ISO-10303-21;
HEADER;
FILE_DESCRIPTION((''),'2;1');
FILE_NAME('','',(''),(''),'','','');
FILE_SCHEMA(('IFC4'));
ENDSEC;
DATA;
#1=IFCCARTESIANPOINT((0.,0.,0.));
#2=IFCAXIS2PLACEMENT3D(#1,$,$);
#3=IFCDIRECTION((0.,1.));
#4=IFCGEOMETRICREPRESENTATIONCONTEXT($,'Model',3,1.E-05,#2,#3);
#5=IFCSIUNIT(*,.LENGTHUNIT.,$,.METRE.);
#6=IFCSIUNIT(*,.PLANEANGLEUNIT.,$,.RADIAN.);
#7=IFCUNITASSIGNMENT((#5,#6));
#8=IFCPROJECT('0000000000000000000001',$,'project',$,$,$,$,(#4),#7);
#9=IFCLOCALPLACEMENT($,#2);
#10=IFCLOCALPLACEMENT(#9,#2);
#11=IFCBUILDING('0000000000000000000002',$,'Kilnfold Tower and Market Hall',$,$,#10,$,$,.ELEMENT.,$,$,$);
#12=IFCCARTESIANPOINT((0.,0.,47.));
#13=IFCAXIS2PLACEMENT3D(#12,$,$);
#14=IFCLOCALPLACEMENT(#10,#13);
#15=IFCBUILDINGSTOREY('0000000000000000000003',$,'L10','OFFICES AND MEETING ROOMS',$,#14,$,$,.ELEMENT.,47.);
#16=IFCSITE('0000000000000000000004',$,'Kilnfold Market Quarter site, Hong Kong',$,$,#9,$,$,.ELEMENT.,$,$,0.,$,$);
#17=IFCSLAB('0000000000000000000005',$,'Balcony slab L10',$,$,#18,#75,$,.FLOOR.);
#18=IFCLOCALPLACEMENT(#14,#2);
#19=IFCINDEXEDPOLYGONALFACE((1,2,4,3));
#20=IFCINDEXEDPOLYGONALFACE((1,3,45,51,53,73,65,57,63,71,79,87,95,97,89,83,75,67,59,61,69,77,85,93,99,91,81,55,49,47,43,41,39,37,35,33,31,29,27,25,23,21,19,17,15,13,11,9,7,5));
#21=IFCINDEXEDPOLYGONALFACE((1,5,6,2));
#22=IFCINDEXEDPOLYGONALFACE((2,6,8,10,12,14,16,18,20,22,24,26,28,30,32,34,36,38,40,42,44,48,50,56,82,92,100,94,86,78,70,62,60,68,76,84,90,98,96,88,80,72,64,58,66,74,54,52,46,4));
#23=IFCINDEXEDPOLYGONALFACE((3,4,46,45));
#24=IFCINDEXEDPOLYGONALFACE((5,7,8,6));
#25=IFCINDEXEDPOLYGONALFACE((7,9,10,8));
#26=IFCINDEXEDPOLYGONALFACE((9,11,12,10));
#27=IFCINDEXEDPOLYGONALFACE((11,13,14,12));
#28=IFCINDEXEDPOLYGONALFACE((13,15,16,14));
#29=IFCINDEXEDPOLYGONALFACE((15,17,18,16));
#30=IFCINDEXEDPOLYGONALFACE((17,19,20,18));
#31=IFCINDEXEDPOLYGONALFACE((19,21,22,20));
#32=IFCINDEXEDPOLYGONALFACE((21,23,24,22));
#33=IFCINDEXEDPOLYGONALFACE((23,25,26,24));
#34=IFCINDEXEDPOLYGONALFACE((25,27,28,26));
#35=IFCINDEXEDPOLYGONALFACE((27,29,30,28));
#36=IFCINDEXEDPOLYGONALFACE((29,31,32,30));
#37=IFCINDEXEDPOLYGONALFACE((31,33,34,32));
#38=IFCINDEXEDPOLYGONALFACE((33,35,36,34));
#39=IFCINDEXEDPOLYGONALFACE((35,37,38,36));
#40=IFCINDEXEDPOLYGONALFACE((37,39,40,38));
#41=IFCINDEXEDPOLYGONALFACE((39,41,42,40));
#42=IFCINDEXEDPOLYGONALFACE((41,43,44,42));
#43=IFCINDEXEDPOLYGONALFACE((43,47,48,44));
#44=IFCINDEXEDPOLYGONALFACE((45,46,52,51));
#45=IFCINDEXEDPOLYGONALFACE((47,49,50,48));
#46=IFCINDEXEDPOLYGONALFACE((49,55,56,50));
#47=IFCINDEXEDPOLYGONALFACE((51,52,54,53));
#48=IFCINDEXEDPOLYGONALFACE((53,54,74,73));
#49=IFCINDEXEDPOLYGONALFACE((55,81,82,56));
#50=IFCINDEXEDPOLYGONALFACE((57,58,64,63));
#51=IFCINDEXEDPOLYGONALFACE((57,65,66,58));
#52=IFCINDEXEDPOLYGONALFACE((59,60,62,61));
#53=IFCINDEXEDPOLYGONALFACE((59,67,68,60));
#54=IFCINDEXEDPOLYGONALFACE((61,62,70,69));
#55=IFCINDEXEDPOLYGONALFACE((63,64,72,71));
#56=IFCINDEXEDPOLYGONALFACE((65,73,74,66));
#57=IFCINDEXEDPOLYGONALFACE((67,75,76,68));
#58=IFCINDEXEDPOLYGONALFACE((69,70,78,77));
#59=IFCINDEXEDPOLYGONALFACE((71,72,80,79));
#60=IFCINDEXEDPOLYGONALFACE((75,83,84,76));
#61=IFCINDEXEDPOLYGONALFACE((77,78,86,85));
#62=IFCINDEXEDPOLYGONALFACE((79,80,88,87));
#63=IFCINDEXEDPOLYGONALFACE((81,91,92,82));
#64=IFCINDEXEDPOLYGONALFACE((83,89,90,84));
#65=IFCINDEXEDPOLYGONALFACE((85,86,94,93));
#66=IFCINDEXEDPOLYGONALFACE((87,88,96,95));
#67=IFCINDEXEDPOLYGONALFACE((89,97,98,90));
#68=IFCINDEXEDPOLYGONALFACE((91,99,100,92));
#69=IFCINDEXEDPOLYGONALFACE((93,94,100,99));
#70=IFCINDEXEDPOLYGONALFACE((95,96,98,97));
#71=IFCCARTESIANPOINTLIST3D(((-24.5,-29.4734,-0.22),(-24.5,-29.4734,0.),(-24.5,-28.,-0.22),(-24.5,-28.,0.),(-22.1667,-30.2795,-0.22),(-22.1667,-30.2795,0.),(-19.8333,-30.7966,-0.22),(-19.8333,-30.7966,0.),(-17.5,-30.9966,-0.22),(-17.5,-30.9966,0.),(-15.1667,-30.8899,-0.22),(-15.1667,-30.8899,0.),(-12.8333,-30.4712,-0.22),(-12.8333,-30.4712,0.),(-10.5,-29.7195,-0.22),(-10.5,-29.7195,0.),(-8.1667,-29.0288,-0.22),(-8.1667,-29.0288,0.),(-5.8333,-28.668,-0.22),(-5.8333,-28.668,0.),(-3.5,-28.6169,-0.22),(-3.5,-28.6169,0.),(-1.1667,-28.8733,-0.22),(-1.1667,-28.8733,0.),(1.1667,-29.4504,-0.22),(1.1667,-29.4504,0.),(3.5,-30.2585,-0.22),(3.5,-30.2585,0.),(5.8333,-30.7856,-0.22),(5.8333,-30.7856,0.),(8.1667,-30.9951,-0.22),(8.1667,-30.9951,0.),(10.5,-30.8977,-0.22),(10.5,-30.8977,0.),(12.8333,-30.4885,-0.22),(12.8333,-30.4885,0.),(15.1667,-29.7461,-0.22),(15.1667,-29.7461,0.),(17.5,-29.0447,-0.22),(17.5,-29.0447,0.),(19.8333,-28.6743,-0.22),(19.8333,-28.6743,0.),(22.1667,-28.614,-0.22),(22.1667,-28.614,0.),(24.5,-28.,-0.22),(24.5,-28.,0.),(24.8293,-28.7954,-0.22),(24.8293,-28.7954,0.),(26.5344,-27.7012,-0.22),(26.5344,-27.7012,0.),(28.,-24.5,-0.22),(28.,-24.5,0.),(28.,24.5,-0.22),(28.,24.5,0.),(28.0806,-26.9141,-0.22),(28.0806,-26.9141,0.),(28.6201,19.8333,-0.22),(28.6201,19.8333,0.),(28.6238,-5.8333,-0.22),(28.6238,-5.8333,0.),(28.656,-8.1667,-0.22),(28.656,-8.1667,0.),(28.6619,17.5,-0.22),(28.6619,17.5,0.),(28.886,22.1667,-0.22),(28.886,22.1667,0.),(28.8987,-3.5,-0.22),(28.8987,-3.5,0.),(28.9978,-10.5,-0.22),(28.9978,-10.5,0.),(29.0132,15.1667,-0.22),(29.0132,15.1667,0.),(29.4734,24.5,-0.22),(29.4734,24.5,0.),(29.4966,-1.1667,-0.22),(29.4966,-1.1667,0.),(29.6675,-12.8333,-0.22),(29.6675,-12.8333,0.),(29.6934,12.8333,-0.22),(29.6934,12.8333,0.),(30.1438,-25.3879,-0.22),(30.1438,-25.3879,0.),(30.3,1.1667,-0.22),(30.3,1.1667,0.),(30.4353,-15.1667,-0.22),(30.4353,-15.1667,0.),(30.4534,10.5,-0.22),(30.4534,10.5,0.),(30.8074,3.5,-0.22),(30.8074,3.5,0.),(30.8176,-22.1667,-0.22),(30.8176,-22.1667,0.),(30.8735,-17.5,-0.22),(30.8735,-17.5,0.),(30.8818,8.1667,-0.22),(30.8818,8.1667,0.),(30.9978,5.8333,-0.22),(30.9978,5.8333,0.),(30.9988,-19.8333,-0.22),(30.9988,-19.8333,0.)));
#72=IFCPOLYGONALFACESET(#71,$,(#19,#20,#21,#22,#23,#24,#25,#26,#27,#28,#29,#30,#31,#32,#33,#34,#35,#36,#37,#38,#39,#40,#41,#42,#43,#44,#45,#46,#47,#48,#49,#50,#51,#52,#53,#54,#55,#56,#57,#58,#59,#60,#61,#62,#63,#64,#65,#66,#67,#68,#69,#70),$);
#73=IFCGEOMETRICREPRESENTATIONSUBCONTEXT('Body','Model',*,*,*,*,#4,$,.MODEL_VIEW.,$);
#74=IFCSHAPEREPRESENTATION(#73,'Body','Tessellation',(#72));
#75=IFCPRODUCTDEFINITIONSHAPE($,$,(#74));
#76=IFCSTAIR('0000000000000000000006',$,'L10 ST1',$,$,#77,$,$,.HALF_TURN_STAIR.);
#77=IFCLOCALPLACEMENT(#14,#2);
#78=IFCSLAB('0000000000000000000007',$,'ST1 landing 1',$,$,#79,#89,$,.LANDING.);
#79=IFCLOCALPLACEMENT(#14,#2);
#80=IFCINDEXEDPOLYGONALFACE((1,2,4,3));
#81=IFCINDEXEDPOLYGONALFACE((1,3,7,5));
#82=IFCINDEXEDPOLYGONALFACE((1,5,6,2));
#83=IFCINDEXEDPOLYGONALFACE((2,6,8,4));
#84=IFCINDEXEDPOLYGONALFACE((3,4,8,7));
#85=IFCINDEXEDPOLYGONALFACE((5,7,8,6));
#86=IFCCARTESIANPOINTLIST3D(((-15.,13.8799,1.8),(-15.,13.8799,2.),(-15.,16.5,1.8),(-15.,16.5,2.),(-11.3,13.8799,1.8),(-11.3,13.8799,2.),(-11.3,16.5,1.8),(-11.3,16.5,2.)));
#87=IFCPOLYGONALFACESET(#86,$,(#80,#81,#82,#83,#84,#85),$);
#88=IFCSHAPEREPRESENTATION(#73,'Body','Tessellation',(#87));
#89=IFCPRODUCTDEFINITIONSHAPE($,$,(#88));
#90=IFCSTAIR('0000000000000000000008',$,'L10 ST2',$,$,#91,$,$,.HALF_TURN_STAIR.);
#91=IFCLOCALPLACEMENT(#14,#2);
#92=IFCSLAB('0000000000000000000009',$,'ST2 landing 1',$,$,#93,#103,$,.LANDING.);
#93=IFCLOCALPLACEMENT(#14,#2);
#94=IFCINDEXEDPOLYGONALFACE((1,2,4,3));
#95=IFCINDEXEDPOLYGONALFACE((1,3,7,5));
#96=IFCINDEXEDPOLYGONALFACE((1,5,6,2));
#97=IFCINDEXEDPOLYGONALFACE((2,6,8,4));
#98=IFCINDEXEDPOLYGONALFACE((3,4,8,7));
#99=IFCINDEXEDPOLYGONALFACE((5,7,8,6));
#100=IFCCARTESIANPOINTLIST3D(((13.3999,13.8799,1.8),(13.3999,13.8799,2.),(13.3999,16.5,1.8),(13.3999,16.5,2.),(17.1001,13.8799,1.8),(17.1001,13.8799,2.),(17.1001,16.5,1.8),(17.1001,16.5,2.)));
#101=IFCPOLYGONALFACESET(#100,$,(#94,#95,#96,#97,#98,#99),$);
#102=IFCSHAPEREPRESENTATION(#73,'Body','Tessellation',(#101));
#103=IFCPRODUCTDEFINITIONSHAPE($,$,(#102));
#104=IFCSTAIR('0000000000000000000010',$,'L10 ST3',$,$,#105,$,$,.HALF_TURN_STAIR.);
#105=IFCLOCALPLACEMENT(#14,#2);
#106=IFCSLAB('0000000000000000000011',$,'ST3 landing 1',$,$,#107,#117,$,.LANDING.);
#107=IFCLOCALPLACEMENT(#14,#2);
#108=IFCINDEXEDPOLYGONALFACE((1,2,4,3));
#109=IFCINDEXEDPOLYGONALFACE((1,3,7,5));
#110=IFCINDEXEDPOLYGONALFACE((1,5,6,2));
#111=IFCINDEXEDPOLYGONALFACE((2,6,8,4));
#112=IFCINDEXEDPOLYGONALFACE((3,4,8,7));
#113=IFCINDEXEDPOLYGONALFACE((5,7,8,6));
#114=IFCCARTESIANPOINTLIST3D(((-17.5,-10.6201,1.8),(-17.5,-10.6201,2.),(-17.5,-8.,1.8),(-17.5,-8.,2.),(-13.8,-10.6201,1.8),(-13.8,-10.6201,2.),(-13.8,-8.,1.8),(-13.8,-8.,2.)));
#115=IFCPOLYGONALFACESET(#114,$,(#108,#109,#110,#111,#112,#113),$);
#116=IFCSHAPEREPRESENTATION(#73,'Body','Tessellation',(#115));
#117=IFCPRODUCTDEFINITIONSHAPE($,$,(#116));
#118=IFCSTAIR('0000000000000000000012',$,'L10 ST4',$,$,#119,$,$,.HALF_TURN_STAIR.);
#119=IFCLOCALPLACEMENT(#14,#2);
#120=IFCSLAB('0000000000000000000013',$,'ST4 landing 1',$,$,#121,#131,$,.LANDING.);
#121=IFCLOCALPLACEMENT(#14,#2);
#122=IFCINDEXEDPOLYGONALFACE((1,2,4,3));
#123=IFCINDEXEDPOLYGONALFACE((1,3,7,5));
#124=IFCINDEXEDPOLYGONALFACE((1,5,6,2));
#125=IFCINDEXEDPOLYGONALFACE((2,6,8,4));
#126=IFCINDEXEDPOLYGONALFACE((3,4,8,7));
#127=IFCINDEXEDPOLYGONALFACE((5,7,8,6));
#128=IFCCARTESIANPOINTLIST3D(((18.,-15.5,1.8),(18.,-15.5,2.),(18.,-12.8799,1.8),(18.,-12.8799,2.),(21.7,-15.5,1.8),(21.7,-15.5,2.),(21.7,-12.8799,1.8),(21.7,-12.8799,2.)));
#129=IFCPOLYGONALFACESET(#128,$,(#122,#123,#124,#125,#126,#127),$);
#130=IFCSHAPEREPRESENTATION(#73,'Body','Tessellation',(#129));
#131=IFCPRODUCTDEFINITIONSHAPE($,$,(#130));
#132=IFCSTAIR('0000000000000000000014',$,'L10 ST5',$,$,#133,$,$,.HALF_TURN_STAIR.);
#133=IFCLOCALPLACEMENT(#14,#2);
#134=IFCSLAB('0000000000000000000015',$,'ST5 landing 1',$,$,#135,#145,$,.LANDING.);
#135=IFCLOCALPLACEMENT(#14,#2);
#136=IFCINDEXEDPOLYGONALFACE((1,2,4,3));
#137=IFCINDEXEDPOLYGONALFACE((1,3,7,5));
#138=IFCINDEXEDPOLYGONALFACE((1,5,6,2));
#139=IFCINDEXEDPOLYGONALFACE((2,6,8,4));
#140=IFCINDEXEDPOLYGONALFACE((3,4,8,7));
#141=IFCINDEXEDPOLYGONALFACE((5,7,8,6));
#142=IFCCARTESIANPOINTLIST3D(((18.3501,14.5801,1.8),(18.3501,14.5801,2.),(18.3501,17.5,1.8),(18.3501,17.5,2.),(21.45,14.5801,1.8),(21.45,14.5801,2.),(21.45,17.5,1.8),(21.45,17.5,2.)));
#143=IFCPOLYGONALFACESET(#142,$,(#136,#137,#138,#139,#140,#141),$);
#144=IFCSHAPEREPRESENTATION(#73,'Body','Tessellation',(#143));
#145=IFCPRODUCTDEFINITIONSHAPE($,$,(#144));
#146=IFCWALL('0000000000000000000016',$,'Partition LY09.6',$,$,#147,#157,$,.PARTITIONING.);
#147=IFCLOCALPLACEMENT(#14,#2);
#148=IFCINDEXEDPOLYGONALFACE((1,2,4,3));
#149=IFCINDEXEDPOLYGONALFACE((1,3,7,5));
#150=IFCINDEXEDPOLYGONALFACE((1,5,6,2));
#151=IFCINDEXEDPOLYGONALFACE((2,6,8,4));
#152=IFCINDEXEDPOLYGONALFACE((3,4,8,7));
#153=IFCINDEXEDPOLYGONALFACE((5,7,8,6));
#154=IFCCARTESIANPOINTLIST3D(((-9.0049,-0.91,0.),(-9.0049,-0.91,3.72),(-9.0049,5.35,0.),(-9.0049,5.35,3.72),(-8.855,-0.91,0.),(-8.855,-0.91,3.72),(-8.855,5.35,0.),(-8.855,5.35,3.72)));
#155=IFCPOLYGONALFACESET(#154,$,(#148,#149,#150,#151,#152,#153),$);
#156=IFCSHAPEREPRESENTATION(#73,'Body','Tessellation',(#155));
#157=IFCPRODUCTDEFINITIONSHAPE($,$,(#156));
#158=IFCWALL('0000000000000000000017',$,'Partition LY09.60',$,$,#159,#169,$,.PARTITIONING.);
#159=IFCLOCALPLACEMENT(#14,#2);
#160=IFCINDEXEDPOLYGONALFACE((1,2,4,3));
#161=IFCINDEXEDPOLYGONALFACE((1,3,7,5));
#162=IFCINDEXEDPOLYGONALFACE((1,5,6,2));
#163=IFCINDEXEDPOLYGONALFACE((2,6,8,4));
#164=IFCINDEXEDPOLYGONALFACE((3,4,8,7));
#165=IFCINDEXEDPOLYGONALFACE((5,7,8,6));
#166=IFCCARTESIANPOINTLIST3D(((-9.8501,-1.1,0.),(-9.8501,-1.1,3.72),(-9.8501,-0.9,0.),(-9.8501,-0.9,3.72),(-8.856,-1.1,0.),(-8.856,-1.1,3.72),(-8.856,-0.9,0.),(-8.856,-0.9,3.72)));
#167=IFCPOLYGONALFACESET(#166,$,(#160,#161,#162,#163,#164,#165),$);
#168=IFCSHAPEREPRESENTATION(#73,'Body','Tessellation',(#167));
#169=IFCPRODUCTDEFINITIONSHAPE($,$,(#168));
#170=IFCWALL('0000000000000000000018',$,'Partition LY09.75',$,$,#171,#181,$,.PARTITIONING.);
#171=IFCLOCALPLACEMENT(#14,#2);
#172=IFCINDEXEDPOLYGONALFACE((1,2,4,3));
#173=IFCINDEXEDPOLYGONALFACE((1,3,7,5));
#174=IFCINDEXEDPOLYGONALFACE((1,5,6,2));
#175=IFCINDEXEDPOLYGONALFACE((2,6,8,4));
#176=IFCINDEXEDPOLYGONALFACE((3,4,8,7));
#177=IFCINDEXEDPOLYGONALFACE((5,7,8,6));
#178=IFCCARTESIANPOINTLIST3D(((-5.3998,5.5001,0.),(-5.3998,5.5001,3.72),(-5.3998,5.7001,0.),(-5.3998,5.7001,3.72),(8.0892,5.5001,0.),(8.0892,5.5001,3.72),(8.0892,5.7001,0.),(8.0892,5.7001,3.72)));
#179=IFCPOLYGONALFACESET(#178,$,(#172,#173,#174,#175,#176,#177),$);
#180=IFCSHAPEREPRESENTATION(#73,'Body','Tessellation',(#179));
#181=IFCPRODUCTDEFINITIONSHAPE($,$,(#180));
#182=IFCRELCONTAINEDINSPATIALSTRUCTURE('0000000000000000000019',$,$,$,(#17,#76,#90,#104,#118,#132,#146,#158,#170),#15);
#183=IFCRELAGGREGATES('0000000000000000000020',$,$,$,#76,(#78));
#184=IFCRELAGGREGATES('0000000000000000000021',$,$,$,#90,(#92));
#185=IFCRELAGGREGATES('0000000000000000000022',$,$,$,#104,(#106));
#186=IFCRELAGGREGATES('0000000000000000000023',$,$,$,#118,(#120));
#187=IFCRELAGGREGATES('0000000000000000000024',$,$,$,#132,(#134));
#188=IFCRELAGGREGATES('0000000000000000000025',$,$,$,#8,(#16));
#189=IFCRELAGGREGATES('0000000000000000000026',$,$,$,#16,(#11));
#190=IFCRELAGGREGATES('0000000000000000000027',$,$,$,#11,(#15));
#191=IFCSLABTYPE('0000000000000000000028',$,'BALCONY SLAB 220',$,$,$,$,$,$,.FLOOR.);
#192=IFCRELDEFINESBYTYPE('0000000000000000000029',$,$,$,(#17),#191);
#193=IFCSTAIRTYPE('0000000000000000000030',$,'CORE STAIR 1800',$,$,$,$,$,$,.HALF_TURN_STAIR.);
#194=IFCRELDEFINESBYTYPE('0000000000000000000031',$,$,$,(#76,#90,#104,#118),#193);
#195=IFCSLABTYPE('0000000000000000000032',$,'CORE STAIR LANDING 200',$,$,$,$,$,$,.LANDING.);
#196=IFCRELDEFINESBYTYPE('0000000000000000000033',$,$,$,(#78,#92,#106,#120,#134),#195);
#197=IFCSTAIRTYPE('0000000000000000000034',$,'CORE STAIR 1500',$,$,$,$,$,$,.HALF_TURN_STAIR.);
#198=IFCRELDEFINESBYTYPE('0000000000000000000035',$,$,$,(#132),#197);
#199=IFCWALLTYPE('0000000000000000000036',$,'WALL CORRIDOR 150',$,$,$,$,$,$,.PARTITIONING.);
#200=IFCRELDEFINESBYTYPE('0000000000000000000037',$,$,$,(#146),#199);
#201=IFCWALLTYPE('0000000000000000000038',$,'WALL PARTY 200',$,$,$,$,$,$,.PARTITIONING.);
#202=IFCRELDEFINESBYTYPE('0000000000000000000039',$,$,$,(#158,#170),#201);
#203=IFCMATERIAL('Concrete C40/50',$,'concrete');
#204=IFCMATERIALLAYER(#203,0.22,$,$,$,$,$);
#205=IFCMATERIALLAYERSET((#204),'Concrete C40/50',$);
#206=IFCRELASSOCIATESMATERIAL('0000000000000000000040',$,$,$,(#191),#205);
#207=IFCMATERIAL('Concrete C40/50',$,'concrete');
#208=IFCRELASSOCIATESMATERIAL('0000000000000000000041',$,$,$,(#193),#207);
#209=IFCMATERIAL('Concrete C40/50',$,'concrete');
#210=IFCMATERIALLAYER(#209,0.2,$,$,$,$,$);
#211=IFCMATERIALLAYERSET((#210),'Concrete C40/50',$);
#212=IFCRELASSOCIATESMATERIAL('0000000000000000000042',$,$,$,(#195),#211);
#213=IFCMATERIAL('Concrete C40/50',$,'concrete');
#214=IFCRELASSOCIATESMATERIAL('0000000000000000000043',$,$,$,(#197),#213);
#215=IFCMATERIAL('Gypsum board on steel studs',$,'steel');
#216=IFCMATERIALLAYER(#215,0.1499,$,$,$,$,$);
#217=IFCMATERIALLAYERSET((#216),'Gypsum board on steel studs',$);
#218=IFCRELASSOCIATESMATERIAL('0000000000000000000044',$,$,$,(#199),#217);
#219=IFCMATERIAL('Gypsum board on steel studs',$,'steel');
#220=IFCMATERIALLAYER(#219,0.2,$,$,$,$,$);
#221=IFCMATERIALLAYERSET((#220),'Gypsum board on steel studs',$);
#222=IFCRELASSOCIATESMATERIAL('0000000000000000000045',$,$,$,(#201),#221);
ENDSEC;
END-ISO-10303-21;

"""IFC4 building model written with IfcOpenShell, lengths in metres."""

from ifc_helpers import new_model, si_unit, direction, frame, frame_2d, origin, place, context, subcontext, project, spatial, polyline, rectangle, outline, extrude, source, transform, mapped, material, layer, layer_set, type_object, element, aggregate, save


model = new_model("IFC4")

# Units and contexts
model_context = context("Model", 3, precision=1e-05, world=origin(), true_north=direction((0.0, 1.0)))
body_context = subcontext(model_context, "Body", "Model", "MODEL_VIEW")
ifc_project = project(units=[si_unit("LENGTHUNIT", "METRE"), si_unit("PLANEANGLEUNIT", "RADIAN")], contexts=[model_context])

# Site, building, storey
site_placement = place(None, origin())
site = spatial("IfcSite", under=ifc_project, at=site_placement, Name="Kilnfold Market Quarter site, Hong Kong", CompositionType="ELEMENT", RefElevation=0.0)
building_placement = place(site_placement, origin())
building = spatial("IfcBuilding", under=site, at=building_placement, Name="Kilnfold Tower and Market Hall", CompositionType="ELEMENT")
storey_placement = place(building_placement, frame((0.0, 0.0, 47.0)))
storey = spatial("IfcBuildingStorey", under=building, at=storey_placement, Name="L10", Description="OFFICES AND MEETING ROOMS", CompositionType="ELEMENT", Elevation=47.0)

# Slab
ifc_material_1 = material(Name="Concrete C40/50", Category="concrete")
ifc_layer_1 = layer(ifc_material_1, 0.22)
ifc_layer_set_1 = layer_set([ifc_layer_1], Name="Concrete C40/50")
slab_type_1 = type_object("IfcSlabType", Name="BALCONY SLAB 220", PredefinedType="FLOOR", material=ifc_layer_set_1)
shared_shape_1 = source(origin(), body_context, "Body", "SweptSolid", [
    extrude(outline(polyline([(-24.5, -28.0), (24.5, -28.0), (28.0, -24.5), (28.0, 24.5), (29.4734, 24.5), (28.886, 22.1667), (28.6201, 19.8333), (28.6619, 17.5), (29.0132, 15.1667), (29.6934, 12.8333), (30.4534, 10.5), (30.8818, 8.1667), (30.9978, 5.8333), (30.8074, 3.5), (30.3, 1.1667), (29.4966, -1.1667), (28.8987, -3.5), (28.6238, -5.8333), (28.656, -8.1667), (28.9978, -10.5), (29.6675, -12.8333), (30.4353, -15.1667), (30.8735, -17.5), (30.9988, -19.8333), (30.8176, -22.1667), (30.1438, -25.3879), (28.0806, -26.9141), (26.5344, -27.7012), (24.8293, -28.7954), (22.1667, -28.614), (19.8333, -28.6743), (17.5, -29.0447), (15.1667, -29.7461), (12.8333, -30.4885), (10.5, -30.8977), (8.1667, -30.9951), (5.8333, -30.7856), (3.5, -30.2585), (1.1667, -29.4504), (-1.1667, -28.8733), (-3.5, -28.6169), (-5.8333, -28.668), (-8.1667, -29.0288), (-10.5, -29.7195), (-12.8333, -30.4712), (-15.1667, -30.8899), (-17.5, -30.9966), (-19.8333, -30.7966), (-22.1667, -30.2795), (-24.5, -29.4734), (-24.5, -28.0)])), origin(), (0.0, 0.0, 1.0), 0.22),
])
slab_1_placement = place(storey_placement, frame((0.0, 0.0, -0.22)))
element("IfcSlab", 1, at=slab_1_placement, inside=storey, type_object=slab_type_1, Name="Balcony slab L10", PredefinedType="FLOOR", context=body_context, shape_type="MappedRepresentation", body=[
    mapped(shared_shape_1, transform((0.0, 0.0, 0.0))),
])

# Stairs, slabs
ifc_material_2 = material(Name="Concrete C40/50", Category="concrete")
stair_type_1 = type_object("IfcStairType", Name="CORE STAIR 1800", PredefinedType="HALF_TURN_STAIR", material=ifc_material_2)
stair_1_placement = place(storey_placement, origin())
stair_1 = element("IfcStair", 2, at=stair_1_placement, inside=storey, type_object=stair_type_1, Name="L10 ST1", PredefinedType="HALF_TURN_STAIR")
ifc_material_3 = material(Name="Concrete C40/50", Category="concrete")
ifc_layer_2 = layer(ifc_material_3, 0.2)
ifc_layer_set_2 = layer_set([ifc_layer_2], Name="Concrete C40/50")
slab_type_2 = type_object("IfcSlabType", Name="CORE STAIR LANDING 200", PredefinedType="LANDING", material=ifc_layer_set_2)
shared_shape_2 = source(origin(), body_context, "Body", "SweptSolid", [
    extrude(outline(polyline([(-11.3, 13.8799), (-11.3, 16.5), (-15.0, 16.5), (-15.0, 13.8799), (-11.3, 13.8799)])), origin(), (0.0, 0.0, 1.0), 0.2),
])
slab_2_placement = place(storey_placement, frame((0.0, 0.0, 1.8)))
slab_2 = element("IfcSlab", 3, at=slab_2_placement, type_object=slab_type_2, Name="ST1 landing 1", PredefinedType="LANDING", context=body_context, shape_type="MappedRepresentation", body=[
    mapped(shared_shape_2, transform((0.0, 0.0, 0.0))),
])
aggregate(stair_1, [slab_2])
stair_2_placement = place(storey_placement, origin())
stair_2 = element("IfcStair", 4, at=stair_2_placement, inside=storey, type_object=stair_type_1, Name="L10 ST2", PredefinedType="HALF_TURN_STAIR")
shared_shape_3 = source(origin(), body_context, "Body", "SweptSolid", [
    extrude(outline(polyline([(17.1001, 13.8799), (17.1001, 16.5), (13.3999, 16.5), (13.3999, 13.8799), (17.1001, 13.8799)])), origin(), (0.0, 0.0, 1.0), 0.2),
])
slab_3_placement = place(storey_placement, frame((0.0, 0.0, 1.8)))
slab_3 = element("IfcSlab", 5, at=slab_3_placement, type_object=slab_type_2, Name="ST2 landing 1", PredefinedType="LANDING", context=body_context, shape_type="MappedRepresentation", body=[
    mapped(shared_shape_3, transform((0.0, 0.0, 0.0))),
])
aggregate(stair_2, [slab_3])
stair_3_placement = place(storey_placement, origin())
stair_3 = element("IfcStair", 6, at=stair_3_placement, inside=storey, type_object=stair_type_1, Name="L10 ST3", PredefinedType="HALF_TURN_STAIR")
shared_shape_4 = source(origin(), body_context, "Body", "SweptSolid", [
    extrude(outline(polyline([(-13.8, -10.6201), (-13.8, -8.0), (-17.5, -8.0), (-17.5, -10.6201), (-13.8, -10.6201)])), origin(), (0.0, 0.0, 1.0), 0.2),
])
slab_4_placement = place(storey_placement, frame((0.0, 0.0, 1.8)))
slab_4 = element("IfcSlab", 7, at=slab_4_placement, type_object=slab_type_2, Name="ST3 landing 1", PredefinedType="LANDING", context=body_context, shape_type="MappedRepresentation", body=[
    mapped(shared_shape_4, transform((0.0, 0.0, 0.0))),
])
aggregate(stair_3, [slab_4])
stair_4_placement = place(storey_placement, origin())
stair_4 = element("IfcStair", 8, at=stair_4_placement, inside=storey, type_object=stair_type_1, Name="L10 ST4", PredefinedType="HALF_TURN_STAIR")
shared_shape_5 = source(origin(), body_context, "Body", "SweptSolid", [
    extrude(outline(polyline([(18.0, -12.8799), (18.0, -15.5), (21.7, -15.5), (21.7, -12.8799), (18.0, -12.8799)])), origin(), (0.0, 0.0, 1.0), 0.2),
])
slab_5_placement = place(storey_placement, frame((0.0, 0.0, 1.8)))
slab_5 = element("IfcSlab", 9, at=slab_5_placement, type_object=slab_type_2, Name="ST4 landing 1", PredefinedType="LANDING", context=body_context, shape_type="MappedRepresentation", body=[
    mapped(shared_shape_5, transform((0.0, 0.0, 0.0))),
])
aggregate(stair_4, [slab_5])
ifc_material_4 = material(Name="Concrete C40/50", Category="concrete")
stair_type_2 = type_object("IfcStairType", Name="CORE STAIR 1500", PredefinedType="HALF_TURN_STAIR", material=ifc_material_4)
stair_5_placement = place(storey_placement, origin())
stair_5 = element("IfcStair", 10, at=stair_5_placement, inside=storey, type_object=stair_type_2, Name="L10 ST5", PredefinedType="HALF_TURN_STAIR")
shared_shape_6 = source(origin(), body_context, "Body", "SweptSolid", [
    extrude(outline(polyline([(21.45, 14.5801), (21.45, 17.5), (18.3501, 17.5), (18.3501, 14.5801), (21.45, 14.5801)])), origin(), (0.0, 0.0, 1.0), 0.2),
])
slab_6_placement = place(storey_placement, frame((0.0, 0.0, 1.8)))
slab_6 = element("IfcSlab", 11, at=slab_6_placement, type_object=slab_type_2, Name="ST5 landing 1", PredefinedType="LANDING", context=body_context, shape_type="MappedRepresentation", body=[
    mapped(shared_shape_6, transform((0.0, 0.0, 0.0))),
])
aggregate(stair_5, [slab_6])

# Walls
ifc_material_5 = material(Name="Gypsum board on steel studs", Category="steel")
ifc_layer_3 = layer(ifc_material_5, 0.1499)
ifc_layer_set_3 = layer_set([ifc_layer_3], Name="Gypsum board on steel studs")
wall_type_1 = type_object("IfcWallType", Name="WALL CORRIDOR 150", PredefinedType="PARTITIONING", material=ifc_layer_set_3)
wall_1_placement = place(storey_placement, frame((-8.9299, -0.9099, 0.0), z_axis=(0.0, 0.0, 1.0), x_axis=(0.0, 1.0, 0.0)))
element("IfcWall", 12, at=wall_1_placement, inside=storey, type_object=wall_type_1, Name="Partition LY09.6", PredefinedType="PARTITIONING", context=body_context, shape_type="SweptSolid", body=[
    extrude(rectangle(XDim=6.26, YDim=0.1499, at=frame_2d((3.1299, 0.0))), origin(), (0.0, 0.0, 1.0), 3.72),
])
ifc_material_6 = material(Name="Gypsum board on steel studs", Category="steel")
ifc_layer_4 = layer(ifc_material_6, 0.2)
ifc_layer_set_4 = layer_set([ifc_layer_4], Name="Gypsum board on steel studs")
wall_type_2 = type_object("IfcWallType", Name="WALL PARTY 200", PredefinedType="PARTITIONING", material=ifc_layer_set_4)
wall_2_placement = place(storey_placement, frame((-9.8501, -1.0, 0.0), z_axis=(0.0, 0.0, 1.0), x_axis=(1.0, 0.0, 0.0)))
element("IfcWall", 13, at=wall_2_placement, inside=storey, type_object=wall_type_2, Name="Partition LY09.60", PredefinedType="PARTITIONING", context=body_context, shape_type="SweptSolid", body=[
    extrude(rectangle(XDim=0.9941, YDim=0.2, at=frame_2d((0.4971, 0.0))), origin(), (0.0, 0.0, 1.0), 3.72),
])
wall_3_placement = place(storey_placement, frame((-5.3999, 5.6001, 0.0), z_axis=(0.0, 0.0, 1.0), x_axis=(1.0, 0.0, 0.0)))
element("IfcWall", 14, at=wall_3_placement, inside=storey, type_object=wall_type_2, Name="Partition LY09.75", PredefinedType="PARTITIONING", context=body_context, shape_type="SweptSolid", body=[
    extrude(rectangle(XDim=13.489, YDim=0.2, at=frame_2d((6.7446, 0.0))), origin(), (0.0, 0.0, 1.0), 3.72),
])

save(model, "model.ifc")
